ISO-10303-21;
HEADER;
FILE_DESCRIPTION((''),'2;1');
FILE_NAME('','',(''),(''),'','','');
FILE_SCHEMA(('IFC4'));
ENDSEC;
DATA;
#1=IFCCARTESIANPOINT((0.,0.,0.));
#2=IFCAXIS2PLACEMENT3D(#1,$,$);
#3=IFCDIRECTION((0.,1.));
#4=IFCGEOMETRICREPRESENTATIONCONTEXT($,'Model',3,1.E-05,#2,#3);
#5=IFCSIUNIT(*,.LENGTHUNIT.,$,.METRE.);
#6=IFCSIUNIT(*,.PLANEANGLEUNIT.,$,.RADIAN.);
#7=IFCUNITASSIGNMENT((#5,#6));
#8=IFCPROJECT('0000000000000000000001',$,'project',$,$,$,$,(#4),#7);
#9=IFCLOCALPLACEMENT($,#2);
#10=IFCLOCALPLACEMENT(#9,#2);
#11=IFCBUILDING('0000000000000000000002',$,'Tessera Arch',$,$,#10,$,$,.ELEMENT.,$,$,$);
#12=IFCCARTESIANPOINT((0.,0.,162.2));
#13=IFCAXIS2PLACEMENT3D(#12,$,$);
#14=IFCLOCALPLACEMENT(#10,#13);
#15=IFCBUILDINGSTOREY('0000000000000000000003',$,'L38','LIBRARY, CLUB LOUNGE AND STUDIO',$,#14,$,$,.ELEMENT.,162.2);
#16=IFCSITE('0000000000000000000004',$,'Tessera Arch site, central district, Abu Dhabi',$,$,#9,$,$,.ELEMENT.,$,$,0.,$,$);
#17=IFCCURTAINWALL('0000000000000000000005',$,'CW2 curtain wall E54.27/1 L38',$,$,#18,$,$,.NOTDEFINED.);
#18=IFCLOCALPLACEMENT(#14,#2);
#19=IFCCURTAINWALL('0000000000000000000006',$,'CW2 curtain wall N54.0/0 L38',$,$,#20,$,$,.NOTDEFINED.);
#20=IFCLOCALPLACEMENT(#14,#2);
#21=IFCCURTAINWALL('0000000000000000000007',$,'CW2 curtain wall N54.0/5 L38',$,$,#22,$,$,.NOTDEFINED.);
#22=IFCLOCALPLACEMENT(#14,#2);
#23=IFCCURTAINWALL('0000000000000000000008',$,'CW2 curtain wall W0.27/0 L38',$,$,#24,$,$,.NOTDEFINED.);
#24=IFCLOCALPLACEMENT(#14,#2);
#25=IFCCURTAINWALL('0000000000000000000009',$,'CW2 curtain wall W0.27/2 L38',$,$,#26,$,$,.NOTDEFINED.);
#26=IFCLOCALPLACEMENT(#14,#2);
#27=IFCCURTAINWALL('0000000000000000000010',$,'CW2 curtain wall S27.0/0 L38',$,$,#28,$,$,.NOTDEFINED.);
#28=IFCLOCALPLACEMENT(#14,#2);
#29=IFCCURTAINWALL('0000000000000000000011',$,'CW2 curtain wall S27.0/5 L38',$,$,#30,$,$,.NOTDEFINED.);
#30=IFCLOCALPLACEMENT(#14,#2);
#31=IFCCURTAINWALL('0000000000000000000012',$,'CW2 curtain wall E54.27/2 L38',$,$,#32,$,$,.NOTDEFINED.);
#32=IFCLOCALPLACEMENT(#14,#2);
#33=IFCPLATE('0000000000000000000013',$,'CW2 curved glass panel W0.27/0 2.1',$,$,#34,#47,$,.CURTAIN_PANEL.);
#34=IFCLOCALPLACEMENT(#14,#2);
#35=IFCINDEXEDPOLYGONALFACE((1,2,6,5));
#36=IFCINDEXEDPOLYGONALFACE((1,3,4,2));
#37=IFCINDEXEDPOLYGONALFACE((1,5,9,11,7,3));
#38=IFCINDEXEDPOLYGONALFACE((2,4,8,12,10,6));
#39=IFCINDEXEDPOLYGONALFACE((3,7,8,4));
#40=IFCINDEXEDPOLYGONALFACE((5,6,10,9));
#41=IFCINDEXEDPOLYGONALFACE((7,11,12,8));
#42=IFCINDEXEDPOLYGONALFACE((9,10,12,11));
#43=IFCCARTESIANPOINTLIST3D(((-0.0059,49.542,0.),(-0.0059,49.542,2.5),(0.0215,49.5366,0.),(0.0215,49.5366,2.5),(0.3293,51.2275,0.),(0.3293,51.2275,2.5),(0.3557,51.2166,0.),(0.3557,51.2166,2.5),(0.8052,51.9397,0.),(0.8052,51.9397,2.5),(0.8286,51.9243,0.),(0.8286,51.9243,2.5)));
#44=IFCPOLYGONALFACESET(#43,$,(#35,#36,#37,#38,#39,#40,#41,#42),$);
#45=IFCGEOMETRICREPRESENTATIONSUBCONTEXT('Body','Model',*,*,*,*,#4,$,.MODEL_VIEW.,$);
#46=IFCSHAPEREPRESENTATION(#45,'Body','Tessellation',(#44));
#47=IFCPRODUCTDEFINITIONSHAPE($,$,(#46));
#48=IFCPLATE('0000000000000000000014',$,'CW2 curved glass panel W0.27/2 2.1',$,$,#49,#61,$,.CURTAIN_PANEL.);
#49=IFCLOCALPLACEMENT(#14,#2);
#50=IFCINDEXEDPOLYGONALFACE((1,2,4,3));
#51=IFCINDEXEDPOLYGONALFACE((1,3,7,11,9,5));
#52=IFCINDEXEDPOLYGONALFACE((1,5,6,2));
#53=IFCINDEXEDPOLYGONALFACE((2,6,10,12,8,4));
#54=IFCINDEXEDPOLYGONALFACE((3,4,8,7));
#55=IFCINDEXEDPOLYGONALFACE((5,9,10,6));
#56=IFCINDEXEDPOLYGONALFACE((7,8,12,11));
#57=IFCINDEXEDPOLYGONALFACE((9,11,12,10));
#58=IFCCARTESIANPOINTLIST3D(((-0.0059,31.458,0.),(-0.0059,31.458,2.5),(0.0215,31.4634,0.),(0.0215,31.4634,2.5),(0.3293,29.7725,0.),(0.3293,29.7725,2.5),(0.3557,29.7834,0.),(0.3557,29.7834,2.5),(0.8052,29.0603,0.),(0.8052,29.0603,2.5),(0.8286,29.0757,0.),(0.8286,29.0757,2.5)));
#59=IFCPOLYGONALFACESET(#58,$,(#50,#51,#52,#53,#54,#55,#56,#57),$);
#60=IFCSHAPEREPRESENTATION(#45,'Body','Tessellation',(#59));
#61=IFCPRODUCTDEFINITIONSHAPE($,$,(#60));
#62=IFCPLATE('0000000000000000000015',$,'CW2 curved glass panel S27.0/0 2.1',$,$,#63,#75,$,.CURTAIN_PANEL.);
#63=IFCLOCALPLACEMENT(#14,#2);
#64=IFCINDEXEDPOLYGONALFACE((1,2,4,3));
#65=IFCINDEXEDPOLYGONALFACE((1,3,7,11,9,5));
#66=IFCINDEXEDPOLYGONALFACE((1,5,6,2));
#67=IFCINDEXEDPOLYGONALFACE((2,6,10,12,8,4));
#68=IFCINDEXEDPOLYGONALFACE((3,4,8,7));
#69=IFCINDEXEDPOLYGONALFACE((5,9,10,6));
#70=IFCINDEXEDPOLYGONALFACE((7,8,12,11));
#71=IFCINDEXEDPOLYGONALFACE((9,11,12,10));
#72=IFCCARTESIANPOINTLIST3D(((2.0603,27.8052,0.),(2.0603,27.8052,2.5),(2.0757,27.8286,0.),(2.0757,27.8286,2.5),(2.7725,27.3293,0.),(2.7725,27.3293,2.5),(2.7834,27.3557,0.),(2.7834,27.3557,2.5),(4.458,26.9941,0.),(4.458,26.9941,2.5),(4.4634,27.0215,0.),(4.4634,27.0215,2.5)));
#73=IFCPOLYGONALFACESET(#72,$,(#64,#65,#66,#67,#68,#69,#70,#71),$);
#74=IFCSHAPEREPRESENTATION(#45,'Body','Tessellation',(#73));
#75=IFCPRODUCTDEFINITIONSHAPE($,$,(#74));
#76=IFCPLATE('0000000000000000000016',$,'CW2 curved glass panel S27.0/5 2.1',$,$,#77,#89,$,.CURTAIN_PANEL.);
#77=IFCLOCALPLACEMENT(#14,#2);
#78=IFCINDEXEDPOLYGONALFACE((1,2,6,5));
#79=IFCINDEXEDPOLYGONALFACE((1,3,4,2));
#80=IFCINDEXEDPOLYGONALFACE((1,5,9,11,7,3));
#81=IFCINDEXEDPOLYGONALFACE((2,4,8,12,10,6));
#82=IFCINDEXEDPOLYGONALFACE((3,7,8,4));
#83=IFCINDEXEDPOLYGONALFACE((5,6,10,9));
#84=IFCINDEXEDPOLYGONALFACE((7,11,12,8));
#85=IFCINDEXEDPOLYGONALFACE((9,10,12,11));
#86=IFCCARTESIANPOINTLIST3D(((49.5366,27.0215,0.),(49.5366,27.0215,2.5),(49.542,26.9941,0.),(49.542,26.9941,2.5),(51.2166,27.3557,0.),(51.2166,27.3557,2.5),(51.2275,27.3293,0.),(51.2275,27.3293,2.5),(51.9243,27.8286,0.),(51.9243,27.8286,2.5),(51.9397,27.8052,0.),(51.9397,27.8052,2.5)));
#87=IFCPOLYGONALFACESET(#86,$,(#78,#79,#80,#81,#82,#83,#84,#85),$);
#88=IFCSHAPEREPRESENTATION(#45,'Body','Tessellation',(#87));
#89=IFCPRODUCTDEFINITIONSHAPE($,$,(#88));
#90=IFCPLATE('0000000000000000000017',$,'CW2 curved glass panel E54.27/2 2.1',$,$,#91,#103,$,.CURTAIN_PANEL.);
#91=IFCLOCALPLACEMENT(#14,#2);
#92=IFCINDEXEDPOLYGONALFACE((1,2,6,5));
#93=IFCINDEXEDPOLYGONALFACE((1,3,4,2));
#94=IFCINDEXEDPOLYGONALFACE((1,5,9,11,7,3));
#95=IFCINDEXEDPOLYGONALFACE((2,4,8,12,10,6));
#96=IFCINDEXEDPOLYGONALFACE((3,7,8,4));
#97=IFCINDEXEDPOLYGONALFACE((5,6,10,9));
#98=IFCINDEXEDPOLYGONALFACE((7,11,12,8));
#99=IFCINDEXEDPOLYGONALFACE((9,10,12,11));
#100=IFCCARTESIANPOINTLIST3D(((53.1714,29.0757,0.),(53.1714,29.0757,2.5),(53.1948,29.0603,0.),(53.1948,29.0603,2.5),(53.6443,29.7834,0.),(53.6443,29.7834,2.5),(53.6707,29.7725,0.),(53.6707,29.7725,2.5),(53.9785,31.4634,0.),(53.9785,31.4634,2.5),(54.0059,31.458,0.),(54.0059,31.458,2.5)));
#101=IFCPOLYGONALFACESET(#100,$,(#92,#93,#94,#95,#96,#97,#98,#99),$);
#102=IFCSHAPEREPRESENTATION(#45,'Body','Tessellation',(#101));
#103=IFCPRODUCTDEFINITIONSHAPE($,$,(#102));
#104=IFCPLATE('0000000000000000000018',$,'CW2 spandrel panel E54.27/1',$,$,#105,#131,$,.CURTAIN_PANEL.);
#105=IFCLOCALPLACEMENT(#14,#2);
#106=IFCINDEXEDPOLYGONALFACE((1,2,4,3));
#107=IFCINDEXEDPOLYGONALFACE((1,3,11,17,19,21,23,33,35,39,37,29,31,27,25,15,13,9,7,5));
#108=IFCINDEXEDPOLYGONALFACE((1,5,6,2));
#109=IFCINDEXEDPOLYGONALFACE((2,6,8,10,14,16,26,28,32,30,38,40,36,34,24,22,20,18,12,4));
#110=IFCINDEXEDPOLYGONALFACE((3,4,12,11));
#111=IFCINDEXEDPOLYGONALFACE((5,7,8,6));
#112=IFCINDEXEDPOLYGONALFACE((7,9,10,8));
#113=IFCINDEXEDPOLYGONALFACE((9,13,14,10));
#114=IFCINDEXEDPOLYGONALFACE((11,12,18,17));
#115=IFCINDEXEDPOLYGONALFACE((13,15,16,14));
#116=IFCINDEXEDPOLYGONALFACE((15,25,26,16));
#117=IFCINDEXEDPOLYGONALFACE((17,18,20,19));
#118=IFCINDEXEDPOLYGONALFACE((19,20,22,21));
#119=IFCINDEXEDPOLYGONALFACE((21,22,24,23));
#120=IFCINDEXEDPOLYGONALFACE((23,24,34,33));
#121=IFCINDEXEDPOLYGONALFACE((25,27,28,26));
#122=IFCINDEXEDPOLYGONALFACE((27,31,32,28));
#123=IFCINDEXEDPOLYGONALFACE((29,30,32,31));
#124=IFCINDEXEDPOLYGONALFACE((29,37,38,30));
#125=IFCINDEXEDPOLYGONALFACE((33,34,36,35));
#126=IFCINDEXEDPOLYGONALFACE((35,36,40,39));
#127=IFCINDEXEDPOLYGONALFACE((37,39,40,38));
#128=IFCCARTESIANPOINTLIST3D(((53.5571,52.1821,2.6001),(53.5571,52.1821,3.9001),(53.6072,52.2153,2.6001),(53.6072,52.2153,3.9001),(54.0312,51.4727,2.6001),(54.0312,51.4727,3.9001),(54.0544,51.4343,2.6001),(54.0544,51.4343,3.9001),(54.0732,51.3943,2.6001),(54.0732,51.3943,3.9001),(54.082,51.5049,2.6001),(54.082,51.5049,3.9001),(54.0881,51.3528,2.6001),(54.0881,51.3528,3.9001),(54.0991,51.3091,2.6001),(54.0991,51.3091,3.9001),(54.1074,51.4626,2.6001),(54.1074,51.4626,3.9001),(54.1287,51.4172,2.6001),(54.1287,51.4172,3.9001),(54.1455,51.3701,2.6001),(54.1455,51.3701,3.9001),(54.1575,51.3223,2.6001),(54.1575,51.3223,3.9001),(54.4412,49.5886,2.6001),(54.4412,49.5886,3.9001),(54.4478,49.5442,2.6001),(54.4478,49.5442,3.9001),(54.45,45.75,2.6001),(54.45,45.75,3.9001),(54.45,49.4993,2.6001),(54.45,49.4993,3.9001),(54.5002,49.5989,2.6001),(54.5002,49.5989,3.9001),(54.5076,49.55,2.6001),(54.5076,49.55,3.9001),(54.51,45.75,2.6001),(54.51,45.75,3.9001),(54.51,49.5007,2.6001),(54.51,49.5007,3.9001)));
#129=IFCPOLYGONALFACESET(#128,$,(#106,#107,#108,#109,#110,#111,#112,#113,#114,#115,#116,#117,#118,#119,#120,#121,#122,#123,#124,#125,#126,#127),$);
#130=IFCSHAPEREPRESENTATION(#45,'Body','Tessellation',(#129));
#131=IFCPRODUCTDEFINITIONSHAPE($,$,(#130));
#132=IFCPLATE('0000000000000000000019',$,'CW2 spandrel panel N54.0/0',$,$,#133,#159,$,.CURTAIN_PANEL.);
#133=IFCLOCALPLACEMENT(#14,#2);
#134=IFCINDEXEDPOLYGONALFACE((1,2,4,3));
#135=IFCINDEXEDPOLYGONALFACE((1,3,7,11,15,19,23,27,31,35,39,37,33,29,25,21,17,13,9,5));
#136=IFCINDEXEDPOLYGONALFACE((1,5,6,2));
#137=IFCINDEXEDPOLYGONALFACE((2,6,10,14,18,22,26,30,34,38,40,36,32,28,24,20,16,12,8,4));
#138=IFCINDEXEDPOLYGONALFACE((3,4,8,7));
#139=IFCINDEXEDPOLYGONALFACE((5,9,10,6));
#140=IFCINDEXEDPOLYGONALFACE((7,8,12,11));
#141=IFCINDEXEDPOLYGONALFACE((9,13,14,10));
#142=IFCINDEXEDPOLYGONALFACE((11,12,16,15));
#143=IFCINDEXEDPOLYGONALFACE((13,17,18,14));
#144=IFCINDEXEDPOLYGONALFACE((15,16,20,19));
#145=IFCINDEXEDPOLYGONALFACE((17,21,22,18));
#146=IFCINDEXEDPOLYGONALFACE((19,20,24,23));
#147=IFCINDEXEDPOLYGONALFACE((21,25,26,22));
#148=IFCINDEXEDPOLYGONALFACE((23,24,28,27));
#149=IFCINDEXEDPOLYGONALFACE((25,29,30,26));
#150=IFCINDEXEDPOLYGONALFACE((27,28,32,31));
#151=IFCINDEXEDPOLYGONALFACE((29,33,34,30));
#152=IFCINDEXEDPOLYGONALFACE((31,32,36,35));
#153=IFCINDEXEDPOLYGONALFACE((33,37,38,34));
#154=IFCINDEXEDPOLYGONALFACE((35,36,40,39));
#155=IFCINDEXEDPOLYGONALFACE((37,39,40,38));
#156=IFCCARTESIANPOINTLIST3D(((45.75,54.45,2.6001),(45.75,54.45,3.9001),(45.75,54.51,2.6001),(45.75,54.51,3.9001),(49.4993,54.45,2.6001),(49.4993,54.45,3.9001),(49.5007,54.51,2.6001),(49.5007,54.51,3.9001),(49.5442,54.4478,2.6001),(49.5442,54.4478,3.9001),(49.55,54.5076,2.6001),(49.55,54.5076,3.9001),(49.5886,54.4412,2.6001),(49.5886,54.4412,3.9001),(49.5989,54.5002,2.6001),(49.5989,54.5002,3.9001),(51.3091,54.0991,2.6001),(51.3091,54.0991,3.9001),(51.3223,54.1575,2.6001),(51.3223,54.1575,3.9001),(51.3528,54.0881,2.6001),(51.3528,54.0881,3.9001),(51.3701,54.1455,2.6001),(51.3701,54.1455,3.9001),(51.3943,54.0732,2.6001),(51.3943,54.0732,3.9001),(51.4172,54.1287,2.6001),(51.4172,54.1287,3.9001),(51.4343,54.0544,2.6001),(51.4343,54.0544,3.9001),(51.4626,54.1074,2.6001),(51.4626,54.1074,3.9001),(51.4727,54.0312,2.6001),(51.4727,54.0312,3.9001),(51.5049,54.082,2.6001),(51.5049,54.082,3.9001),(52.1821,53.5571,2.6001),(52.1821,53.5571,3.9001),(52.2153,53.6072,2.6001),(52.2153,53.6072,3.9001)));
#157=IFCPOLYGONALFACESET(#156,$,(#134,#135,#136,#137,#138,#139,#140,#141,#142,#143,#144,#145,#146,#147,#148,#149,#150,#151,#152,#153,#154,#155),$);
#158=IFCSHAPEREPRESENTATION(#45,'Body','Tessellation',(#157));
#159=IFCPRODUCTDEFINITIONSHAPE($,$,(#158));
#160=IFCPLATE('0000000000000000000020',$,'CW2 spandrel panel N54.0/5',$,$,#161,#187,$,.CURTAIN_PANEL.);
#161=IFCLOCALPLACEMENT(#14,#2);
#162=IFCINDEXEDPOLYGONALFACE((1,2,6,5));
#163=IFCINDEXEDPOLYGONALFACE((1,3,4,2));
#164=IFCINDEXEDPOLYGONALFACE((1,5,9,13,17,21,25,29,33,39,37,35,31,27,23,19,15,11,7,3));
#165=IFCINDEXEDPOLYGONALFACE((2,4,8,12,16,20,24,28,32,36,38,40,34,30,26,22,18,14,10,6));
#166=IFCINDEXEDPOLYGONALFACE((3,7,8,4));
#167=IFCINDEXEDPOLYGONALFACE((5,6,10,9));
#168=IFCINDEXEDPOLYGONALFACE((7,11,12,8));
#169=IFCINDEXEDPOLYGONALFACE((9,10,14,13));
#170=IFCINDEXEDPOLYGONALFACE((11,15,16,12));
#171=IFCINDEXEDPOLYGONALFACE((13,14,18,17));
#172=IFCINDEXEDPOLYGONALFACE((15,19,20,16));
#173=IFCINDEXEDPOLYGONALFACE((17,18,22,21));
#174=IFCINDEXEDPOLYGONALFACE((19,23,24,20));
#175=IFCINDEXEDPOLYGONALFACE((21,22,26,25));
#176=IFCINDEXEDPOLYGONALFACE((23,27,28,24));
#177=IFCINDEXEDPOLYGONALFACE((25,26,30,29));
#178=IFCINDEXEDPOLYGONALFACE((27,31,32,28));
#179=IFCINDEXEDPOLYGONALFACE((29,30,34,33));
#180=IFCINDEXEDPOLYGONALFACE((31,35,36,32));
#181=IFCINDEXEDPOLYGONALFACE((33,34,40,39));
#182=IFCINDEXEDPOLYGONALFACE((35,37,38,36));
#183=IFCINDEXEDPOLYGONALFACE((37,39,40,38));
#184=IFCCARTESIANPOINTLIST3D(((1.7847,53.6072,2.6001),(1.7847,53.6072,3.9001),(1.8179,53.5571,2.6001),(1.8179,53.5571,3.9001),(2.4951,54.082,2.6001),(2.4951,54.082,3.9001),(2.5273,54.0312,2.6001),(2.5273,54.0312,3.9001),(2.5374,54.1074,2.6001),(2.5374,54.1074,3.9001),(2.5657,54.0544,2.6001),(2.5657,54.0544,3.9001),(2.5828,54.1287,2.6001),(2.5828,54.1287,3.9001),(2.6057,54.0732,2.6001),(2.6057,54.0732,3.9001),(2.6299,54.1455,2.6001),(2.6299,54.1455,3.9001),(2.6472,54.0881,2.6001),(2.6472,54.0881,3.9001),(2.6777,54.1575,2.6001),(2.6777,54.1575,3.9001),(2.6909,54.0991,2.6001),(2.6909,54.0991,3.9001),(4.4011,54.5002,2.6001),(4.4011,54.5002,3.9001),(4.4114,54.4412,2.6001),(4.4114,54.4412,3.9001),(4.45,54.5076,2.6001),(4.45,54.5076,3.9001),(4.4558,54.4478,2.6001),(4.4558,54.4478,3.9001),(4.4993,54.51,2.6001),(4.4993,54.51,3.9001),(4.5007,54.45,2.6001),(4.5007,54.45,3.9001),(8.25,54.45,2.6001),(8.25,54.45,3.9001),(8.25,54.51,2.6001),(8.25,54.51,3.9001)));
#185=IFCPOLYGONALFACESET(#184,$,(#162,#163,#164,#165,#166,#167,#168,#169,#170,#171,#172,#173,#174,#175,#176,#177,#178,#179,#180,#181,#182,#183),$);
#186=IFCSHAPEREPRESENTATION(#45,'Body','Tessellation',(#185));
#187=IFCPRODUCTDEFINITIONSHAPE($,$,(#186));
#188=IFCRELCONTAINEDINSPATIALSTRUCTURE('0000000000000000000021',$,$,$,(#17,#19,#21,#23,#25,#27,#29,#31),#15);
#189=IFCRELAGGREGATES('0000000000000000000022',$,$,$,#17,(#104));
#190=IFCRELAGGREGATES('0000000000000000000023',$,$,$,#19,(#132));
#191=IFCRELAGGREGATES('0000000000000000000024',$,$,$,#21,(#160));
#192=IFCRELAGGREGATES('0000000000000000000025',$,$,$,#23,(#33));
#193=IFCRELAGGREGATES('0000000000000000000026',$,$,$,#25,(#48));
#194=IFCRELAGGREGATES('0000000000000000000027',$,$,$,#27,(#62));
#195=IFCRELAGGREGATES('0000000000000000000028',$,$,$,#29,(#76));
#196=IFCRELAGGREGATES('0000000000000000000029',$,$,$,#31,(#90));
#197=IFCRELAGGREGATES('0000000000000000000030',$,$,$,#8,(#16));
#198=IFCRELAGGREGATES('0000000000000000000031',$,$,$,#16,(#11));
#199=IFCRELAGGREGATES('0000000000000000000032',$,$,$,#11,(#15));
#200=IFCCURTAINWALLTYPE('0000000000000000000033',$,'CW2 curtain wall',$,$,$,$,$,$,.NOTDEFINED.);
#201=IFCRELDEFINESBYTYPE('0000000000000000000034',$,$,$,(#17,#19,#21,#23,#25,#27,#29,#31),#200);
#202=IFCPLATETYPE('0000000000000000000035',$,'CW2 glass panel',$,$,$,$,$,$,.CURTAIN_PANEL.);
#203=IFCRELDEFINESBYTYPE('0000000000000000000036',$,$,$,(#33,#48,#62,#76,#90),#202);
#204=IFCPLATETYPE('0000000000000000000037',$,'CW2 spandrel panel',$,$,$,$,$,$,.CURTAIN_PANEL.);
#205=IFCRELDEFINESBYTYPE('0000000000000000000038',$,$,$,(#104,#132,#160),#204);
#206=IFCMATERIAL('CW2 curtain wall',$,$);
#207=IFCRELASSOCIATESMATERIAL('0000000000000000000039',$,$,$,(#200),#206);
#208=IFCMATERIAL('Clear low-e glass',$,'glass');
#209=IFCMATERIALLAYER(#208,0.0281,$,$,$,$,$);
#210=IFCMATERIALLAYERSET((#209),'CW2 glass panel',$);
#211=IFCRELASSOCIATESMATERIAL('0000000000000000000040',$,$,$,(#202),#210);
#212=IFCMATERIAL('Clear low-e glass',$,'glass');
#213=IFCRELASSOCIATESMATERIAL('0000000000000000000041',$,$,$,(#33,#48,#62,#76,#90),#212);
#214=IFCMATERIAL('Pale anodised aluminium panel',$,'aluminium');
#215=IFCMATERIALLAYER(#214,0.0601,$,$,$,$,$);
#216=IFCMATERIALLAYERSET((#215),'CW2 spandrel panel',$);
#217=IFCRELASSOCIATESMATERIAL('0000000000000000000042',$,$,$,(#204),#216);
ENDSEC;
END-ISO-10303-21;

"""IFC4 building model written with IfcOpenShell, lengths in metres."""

from ifc_helpers import new_model, si_unit, direction, frame, origin, place, context, subcontext, project, spatial, polyline, outline, extrude, material, layer, layer_set, type_object, element, aggregate, save


model = new_model("IFC4")

# Units and contexts
model_context = context("Model", 3, precision=1e-05, world=origin(), true_north=direction((0.0, 1.0)))
body_context = subcontext(model_context, "Body", "Model", "MODEL_VIEW")
ifc_project = project(units=[si_unit("LENGTHUNIT", "METRE"), si_unit("PLANEANGLEUNIT", "RADIAN")], contexts=[model_context])

# Site, building, storey
site_placement = place(None, origin())
site = spatial("IfcSite", under=ifc_project, at=site_placement, Name="Tessera Arch site, central district, Abu Dhabi", CompositionType="ELEMENT", RefElevation=0.0)
building_placement = place(site_placement, origin())
building = spatial("IfcBuilding", under=site, at=building_placement, Name="Tessera Arch", CompositionType="ELEMENT")
storey_placement = place(building_placement, frame((0.0, 0.0, 162.2)))
storey = spatial("IfcBuildingStorey", under=building, at=storey_placement, Name="L38", Description="LIBRARY, CLUB LOUNGE AND STUDIO", CompositionType="ELEMENT", Elevation=162.2)

# Curtain walls
ifc_material_1 = material(Name="CW2 curtain wall")
curtain_wall_type = type_object("IfcCurtainWallType", Name="CW2 curtain wall", PredefinedType="NOTDEFINED", material=ifc_material_1)
curtain_wall_1_placement = place(storey_placement, origin())
curtain_wall_1 = element("IfcCurtainWall", 1, at=curtain_wall_1_placement, inside=storey, type_object=curtain_wall_type, Name="CW2 curtain wall E54.27/1 L38", PredefinedType="NOTDEFINED")
curtain_wall_2_placement = place(storey_placement, origin())
curtain_wall_2 = element("IfcCurtainWall", 2, at=curtain_wall_2_placement, inside=storey, type_object=curtain_wall_type, Name="CW2 curtain wall N54.0/0 L38", PredefinedType="NOTDEFINED")
curtain_wall_3_placement = place(storey_placement, origin())
curtain_wall_3 = element("IfcCurtainWall", 3, at=curtain_wall_3_placement, inside=storey, type_object=curtain_wall_type, Name="CW2 curtain wall N54.0/5 L38", PredefinedType="NOTDEFINED")
curtain_wall_4_placement = place(storey_placement, origin())
curtain_wall_4 = element("IfcCurtainWall", 4, at=curtain_wall_4_placement, inside=storey, type_object=curtain_wall_type, Name="CW2 curtain wall W0.27/0 L38", PredefinedType="NOTDEFINED")
curtain_wall_5_placement = place(storey_placement, origin())
curtain_wall_5 = element("IfcCurtainWall", 5, at=curtain_wall_5_placement, inside=storey, type_object=curtain_wall_type, Name="CW2 curtain wall W0.27/2 L38", PredefinedType="NOTDEFINED")
curtain_wall_6_placement = place(storey_placement, origin())
curtain_wall_6 = element("IfcCurtainWall", 6, at=curtain_wall_6_placement, inside=storey, type_object=curtain_wall_type, Name="CW2 curtain wall S27.0/0 L38", PredefinedType="NOTDEFINED")
curtain_wall_7_placement = place(storey_placement, origin())
curtain_wall_7 = element("IfcCurtainWall", 7, at=curtain_wall_7_placement, inside=storey, type_object=curtain_wall_type, Name="CW2 curtain wall S27.0/5 L38", PredefinedType="NOTDEFINED")
curtain_wall_8_placement = place(storey_placement, origin())
curtain_wall_8 = element("IfcCurtainWall", 8, at=curtain_wall_8_placement, inside=storey, type_object=curtain_wall_type, Name="CW2 curtain wall E54.27/2 L38", PredefinedType="NOTDEFINED")

# Plates
ifc_material_2 = material(Name="Clear low-e glass", Category="glass")
ifc_material_3 = material(Name="Clear low-e glass", Category="glass")
ifc_layer_1 = layer(ifc_material_3, 0.0281)
ifc_layer_set_1 = layer_set([ifc_layer_1], Name="CW2 glass panel")
plate_type_1 = type_object("IfcPlateType", Name="CW2 glass panel", PredefinedType="CURTAIN_PANEL", material=ifc_layer_set_1)
plate_1_placement = place(storey_placement, origin())
plate_1 = element("IfcPlate", 9, at=plate_1_placement, type_object=plate_type_1, material=ifc_material_2, Name="CW2 curved glass panel W0.27/0 2.1", PredefinedType="CURTAIN_PANEL", context=body_context, shape_type="SweptSolid", body=[
    extrude(outline(polyline([(0.3557, 51.2166), (0.8286, 51.9243), (0.8052, 51.9397), (0.3293, 51.2275), (-0.0059, 49.542), (0.0215, 49.5366), (0.3557, 51.2166)])), origin(), (0.0, 0.0, 1.0), 2.5),
])
plate_2_placement = place(storey_placement, origin())
plate_2 = element("IfcPlate", 10, at=plate_2_placement, type_object=plate_type_1, material=ifc_material_2, Name="CW2 curved glass panel W0.27/2 2.1", PredefinedType="CURTAIN_PANEL", context=body_context, shape_type="SweptSolid", body=[
    extrude(outline(polyline([(0.3557, 29.7834), (0.0215, 31.4634), (-0.0059, 31.458), (0.3293, 29.7725), (0.8052, 29.0603), (0.8286, 29.0757), (0.3557, 29.7834)])), origin(), (0.0, 0.0, 1.0), 2.5),
])
plate_3_placement = place(storey_placement, origin())
plate_3 = element("IfcPlate", 11, at=plate_3_placement, type_object=plate_type_1, material=ifc_material_2, Name="CW2 curved glass panel S27.0/0 2.1", PredefinedType="CURTAIN_PANEL", context=body_context, shape_type="SweptSolid", body=[
    extrude(outline(polyline([(2.7834, 27.3557), (2.0757, 27.8286), (2.0603, 27.8052), (2.7725, 27.3293), (4.458, 26.9941), (4.4634, 27.0215), (2.7834, 27.3557)])), origin(), (0.0, 0.0, 1.0), 2.5),
])
plate_4_placement = place(storey_placement, origin())
plate_4 = element("IfcPlate", 12, at=plate_4_placement, type_object=plate_type_1, material=ifc_material_2, Name="CW2 curved glass panel S27.0/5 2.1", PredefinedType="CURTAIN_PANEL", context=body_context, shape_type="SweptSolid", body=[
    extrude(outline(polyline([(51.2166, 27.3557), (49.5366, 27.0215), (49.542, 26.9941), (51.2275, 27.3293), (51.9397, 27.8052), (51.9243, 27.8286), (51.2166, 27.3557)])), origin(), (0.0, 0.0, 1.0), 2.5),
])
plate_5_placement = place(storey_placement, origin())
plate_5 = element("IfcPlate", 13, at=plate_5_placement, type_object=plate_type_1, material=ifc_material_2, Name="CW2 curved glass panel E54.27/2 2.1", PredefinedType="CURTAIN_PANEL", context=body_context, shape_type="SweptSolid", body=[
    extrude(outline(polyline([(53.6443, 29.7834), (53.1714, 29.0757), (53.1948, 29.0603), (53.6707, 29.7725), (54.0059, 31.458), (53.9785, 31.4634), (53.6443, 29.7834)])), origin(), (0.0, 0.0, 1.0), 2.5),
])
ifc_material_4 = material(Name="Pale anodised aluminium panel", Category="aluminium")
ifc_layer_2 = layer(ifc_material_4, 0.0601)
ifc_layer_set_2 = layer_set([ifc_layer_2], Name="CW2 spandrel panel")
plate_type_2 = type_object("IfcPlateType", Name="CW2 spandrel panel", PredefinedType="CURTAIN_PANEL", material=ifc_layer_set_2)
plate_6_placement = place(storey_placement, frame((0.0, 0.0, 2.6001)))
plate_6 = element("IfcPlate", 14, at=plate_6_placement, type_object=plate_type_2, Name="CW2 spandrel panel E54.27/1", PredefinedType="CURTAIN_PANEL", context=body_context, shape_type="SweptSolid", body=[
    extrude(outline(polyline([(54.45, 49.4993), (54.45, 45.75), (54.51, 45.75), (54.51, 49.5007), (54.5076, 49.55), (54.5002, 49.5989), (54.1575, 51.3223), (54.1455, 51.3701), (54.1287, 51.4172), (54.1074, 51.4626), (54.082, 51.5049), (53.6072, 52.2153), (53.5571, 52.1821), (54.0312, 51.4727), (54.0544, 51.4343), (54.0732, 51.3943), (54.0881, 51.3528), (54.0991, 51.3091), (54.4412, 49.5886), (54.4478, 49.5442), (54.45, 49.4993)])), origin(), (0.0, 0.0, 1.0), 1.3),
])
aggregate(curtain_wall_1, [plate_6])
plate_7_placement = place(storey_placement, frame((0.0, 0.0, 2.6001)))
plate_7 = element("IfcPlate", 15, at=plate_7_placement, type_object=plate_type_2, Name="CW2 spandrel panel N54.0/0", PredefinedType="CURTAIN_PANEL", context=body_context, shape_type="SweptSolid", body=[
    extrude(outline(polyline([(51.4727, 54.0312), (52.1821, 53.5571), (52.2153, 53.6072), (51.5049, 54.082), (51.4626, 54.1074), (51.4172, 54.1287), (51.3701, 54.1455), (51.3223, 54.1575), (49.5989, 54.5002), (49.55, 54.5076), (49.5007, 54.51), (45.75, 54.51), (45.75, 54.45), (49.4993, 54.45), (49.5442, 54.4478), (49.5886, 54.4412), (51.3091, 54.0991), (51.3528, 54.0881), (51.3943, 54.0732), (51.4343, 54.0544), (51.4727, 54.0312)])), origin(), (0.0, 0.0, 1.0), 1.3),
])
aggregate(curtain_wall_2, [plate_7])
plate_8_placement = place(storey_placement, frame((0.0, 0.0, 2.6001)))
plate_8 = element("IfcPlate", 16, at=plate_8_placement, type_object=plate_type_2, Name="CW2 spandrel panel N54.0/5", PredefinedType="CURTAIN_PANEL", context=body_context, shape_type="SweptSolid", body=[
    extrude(outline(polyline([(4.5007, 54.45), (8.25, 54.45), (8.25, 54.51), (4.4993, 54.51), (4.45, 54.5076), (4.4011, 54.5002), (2.6777, 54.1575), (2.6299, 54.1455), (2.5828, 54.1287), (2.5374, 54.1074), (2.4951, 54.082), (1.7847, 53.6072), (1.8179, 53.5571), (2.5273, 54.0312), (2.5657, 54.0544), (2.6057, 54.0732), (2.6472, 54.0881), (2.6909, 54.0991), (4.4114, 54.4412), (4.4558, 54.4478), (4.5007, 54.45)])), origin(), (0.0, 0.0, 1.0), 1.3),
])
aggregate(curtain_wall_3, [plate_8])
aggregate(curtain_wall_4, [plate_1])
aggregate(curtain_wall_5, [plate_2])
aggregate(curtain_wall_6, [plate_3])
aggregate(curtain_wall_7, [plate_4])
aggregate(curtain_wall_8, [plate_5])

save(model, "model.ifc")
